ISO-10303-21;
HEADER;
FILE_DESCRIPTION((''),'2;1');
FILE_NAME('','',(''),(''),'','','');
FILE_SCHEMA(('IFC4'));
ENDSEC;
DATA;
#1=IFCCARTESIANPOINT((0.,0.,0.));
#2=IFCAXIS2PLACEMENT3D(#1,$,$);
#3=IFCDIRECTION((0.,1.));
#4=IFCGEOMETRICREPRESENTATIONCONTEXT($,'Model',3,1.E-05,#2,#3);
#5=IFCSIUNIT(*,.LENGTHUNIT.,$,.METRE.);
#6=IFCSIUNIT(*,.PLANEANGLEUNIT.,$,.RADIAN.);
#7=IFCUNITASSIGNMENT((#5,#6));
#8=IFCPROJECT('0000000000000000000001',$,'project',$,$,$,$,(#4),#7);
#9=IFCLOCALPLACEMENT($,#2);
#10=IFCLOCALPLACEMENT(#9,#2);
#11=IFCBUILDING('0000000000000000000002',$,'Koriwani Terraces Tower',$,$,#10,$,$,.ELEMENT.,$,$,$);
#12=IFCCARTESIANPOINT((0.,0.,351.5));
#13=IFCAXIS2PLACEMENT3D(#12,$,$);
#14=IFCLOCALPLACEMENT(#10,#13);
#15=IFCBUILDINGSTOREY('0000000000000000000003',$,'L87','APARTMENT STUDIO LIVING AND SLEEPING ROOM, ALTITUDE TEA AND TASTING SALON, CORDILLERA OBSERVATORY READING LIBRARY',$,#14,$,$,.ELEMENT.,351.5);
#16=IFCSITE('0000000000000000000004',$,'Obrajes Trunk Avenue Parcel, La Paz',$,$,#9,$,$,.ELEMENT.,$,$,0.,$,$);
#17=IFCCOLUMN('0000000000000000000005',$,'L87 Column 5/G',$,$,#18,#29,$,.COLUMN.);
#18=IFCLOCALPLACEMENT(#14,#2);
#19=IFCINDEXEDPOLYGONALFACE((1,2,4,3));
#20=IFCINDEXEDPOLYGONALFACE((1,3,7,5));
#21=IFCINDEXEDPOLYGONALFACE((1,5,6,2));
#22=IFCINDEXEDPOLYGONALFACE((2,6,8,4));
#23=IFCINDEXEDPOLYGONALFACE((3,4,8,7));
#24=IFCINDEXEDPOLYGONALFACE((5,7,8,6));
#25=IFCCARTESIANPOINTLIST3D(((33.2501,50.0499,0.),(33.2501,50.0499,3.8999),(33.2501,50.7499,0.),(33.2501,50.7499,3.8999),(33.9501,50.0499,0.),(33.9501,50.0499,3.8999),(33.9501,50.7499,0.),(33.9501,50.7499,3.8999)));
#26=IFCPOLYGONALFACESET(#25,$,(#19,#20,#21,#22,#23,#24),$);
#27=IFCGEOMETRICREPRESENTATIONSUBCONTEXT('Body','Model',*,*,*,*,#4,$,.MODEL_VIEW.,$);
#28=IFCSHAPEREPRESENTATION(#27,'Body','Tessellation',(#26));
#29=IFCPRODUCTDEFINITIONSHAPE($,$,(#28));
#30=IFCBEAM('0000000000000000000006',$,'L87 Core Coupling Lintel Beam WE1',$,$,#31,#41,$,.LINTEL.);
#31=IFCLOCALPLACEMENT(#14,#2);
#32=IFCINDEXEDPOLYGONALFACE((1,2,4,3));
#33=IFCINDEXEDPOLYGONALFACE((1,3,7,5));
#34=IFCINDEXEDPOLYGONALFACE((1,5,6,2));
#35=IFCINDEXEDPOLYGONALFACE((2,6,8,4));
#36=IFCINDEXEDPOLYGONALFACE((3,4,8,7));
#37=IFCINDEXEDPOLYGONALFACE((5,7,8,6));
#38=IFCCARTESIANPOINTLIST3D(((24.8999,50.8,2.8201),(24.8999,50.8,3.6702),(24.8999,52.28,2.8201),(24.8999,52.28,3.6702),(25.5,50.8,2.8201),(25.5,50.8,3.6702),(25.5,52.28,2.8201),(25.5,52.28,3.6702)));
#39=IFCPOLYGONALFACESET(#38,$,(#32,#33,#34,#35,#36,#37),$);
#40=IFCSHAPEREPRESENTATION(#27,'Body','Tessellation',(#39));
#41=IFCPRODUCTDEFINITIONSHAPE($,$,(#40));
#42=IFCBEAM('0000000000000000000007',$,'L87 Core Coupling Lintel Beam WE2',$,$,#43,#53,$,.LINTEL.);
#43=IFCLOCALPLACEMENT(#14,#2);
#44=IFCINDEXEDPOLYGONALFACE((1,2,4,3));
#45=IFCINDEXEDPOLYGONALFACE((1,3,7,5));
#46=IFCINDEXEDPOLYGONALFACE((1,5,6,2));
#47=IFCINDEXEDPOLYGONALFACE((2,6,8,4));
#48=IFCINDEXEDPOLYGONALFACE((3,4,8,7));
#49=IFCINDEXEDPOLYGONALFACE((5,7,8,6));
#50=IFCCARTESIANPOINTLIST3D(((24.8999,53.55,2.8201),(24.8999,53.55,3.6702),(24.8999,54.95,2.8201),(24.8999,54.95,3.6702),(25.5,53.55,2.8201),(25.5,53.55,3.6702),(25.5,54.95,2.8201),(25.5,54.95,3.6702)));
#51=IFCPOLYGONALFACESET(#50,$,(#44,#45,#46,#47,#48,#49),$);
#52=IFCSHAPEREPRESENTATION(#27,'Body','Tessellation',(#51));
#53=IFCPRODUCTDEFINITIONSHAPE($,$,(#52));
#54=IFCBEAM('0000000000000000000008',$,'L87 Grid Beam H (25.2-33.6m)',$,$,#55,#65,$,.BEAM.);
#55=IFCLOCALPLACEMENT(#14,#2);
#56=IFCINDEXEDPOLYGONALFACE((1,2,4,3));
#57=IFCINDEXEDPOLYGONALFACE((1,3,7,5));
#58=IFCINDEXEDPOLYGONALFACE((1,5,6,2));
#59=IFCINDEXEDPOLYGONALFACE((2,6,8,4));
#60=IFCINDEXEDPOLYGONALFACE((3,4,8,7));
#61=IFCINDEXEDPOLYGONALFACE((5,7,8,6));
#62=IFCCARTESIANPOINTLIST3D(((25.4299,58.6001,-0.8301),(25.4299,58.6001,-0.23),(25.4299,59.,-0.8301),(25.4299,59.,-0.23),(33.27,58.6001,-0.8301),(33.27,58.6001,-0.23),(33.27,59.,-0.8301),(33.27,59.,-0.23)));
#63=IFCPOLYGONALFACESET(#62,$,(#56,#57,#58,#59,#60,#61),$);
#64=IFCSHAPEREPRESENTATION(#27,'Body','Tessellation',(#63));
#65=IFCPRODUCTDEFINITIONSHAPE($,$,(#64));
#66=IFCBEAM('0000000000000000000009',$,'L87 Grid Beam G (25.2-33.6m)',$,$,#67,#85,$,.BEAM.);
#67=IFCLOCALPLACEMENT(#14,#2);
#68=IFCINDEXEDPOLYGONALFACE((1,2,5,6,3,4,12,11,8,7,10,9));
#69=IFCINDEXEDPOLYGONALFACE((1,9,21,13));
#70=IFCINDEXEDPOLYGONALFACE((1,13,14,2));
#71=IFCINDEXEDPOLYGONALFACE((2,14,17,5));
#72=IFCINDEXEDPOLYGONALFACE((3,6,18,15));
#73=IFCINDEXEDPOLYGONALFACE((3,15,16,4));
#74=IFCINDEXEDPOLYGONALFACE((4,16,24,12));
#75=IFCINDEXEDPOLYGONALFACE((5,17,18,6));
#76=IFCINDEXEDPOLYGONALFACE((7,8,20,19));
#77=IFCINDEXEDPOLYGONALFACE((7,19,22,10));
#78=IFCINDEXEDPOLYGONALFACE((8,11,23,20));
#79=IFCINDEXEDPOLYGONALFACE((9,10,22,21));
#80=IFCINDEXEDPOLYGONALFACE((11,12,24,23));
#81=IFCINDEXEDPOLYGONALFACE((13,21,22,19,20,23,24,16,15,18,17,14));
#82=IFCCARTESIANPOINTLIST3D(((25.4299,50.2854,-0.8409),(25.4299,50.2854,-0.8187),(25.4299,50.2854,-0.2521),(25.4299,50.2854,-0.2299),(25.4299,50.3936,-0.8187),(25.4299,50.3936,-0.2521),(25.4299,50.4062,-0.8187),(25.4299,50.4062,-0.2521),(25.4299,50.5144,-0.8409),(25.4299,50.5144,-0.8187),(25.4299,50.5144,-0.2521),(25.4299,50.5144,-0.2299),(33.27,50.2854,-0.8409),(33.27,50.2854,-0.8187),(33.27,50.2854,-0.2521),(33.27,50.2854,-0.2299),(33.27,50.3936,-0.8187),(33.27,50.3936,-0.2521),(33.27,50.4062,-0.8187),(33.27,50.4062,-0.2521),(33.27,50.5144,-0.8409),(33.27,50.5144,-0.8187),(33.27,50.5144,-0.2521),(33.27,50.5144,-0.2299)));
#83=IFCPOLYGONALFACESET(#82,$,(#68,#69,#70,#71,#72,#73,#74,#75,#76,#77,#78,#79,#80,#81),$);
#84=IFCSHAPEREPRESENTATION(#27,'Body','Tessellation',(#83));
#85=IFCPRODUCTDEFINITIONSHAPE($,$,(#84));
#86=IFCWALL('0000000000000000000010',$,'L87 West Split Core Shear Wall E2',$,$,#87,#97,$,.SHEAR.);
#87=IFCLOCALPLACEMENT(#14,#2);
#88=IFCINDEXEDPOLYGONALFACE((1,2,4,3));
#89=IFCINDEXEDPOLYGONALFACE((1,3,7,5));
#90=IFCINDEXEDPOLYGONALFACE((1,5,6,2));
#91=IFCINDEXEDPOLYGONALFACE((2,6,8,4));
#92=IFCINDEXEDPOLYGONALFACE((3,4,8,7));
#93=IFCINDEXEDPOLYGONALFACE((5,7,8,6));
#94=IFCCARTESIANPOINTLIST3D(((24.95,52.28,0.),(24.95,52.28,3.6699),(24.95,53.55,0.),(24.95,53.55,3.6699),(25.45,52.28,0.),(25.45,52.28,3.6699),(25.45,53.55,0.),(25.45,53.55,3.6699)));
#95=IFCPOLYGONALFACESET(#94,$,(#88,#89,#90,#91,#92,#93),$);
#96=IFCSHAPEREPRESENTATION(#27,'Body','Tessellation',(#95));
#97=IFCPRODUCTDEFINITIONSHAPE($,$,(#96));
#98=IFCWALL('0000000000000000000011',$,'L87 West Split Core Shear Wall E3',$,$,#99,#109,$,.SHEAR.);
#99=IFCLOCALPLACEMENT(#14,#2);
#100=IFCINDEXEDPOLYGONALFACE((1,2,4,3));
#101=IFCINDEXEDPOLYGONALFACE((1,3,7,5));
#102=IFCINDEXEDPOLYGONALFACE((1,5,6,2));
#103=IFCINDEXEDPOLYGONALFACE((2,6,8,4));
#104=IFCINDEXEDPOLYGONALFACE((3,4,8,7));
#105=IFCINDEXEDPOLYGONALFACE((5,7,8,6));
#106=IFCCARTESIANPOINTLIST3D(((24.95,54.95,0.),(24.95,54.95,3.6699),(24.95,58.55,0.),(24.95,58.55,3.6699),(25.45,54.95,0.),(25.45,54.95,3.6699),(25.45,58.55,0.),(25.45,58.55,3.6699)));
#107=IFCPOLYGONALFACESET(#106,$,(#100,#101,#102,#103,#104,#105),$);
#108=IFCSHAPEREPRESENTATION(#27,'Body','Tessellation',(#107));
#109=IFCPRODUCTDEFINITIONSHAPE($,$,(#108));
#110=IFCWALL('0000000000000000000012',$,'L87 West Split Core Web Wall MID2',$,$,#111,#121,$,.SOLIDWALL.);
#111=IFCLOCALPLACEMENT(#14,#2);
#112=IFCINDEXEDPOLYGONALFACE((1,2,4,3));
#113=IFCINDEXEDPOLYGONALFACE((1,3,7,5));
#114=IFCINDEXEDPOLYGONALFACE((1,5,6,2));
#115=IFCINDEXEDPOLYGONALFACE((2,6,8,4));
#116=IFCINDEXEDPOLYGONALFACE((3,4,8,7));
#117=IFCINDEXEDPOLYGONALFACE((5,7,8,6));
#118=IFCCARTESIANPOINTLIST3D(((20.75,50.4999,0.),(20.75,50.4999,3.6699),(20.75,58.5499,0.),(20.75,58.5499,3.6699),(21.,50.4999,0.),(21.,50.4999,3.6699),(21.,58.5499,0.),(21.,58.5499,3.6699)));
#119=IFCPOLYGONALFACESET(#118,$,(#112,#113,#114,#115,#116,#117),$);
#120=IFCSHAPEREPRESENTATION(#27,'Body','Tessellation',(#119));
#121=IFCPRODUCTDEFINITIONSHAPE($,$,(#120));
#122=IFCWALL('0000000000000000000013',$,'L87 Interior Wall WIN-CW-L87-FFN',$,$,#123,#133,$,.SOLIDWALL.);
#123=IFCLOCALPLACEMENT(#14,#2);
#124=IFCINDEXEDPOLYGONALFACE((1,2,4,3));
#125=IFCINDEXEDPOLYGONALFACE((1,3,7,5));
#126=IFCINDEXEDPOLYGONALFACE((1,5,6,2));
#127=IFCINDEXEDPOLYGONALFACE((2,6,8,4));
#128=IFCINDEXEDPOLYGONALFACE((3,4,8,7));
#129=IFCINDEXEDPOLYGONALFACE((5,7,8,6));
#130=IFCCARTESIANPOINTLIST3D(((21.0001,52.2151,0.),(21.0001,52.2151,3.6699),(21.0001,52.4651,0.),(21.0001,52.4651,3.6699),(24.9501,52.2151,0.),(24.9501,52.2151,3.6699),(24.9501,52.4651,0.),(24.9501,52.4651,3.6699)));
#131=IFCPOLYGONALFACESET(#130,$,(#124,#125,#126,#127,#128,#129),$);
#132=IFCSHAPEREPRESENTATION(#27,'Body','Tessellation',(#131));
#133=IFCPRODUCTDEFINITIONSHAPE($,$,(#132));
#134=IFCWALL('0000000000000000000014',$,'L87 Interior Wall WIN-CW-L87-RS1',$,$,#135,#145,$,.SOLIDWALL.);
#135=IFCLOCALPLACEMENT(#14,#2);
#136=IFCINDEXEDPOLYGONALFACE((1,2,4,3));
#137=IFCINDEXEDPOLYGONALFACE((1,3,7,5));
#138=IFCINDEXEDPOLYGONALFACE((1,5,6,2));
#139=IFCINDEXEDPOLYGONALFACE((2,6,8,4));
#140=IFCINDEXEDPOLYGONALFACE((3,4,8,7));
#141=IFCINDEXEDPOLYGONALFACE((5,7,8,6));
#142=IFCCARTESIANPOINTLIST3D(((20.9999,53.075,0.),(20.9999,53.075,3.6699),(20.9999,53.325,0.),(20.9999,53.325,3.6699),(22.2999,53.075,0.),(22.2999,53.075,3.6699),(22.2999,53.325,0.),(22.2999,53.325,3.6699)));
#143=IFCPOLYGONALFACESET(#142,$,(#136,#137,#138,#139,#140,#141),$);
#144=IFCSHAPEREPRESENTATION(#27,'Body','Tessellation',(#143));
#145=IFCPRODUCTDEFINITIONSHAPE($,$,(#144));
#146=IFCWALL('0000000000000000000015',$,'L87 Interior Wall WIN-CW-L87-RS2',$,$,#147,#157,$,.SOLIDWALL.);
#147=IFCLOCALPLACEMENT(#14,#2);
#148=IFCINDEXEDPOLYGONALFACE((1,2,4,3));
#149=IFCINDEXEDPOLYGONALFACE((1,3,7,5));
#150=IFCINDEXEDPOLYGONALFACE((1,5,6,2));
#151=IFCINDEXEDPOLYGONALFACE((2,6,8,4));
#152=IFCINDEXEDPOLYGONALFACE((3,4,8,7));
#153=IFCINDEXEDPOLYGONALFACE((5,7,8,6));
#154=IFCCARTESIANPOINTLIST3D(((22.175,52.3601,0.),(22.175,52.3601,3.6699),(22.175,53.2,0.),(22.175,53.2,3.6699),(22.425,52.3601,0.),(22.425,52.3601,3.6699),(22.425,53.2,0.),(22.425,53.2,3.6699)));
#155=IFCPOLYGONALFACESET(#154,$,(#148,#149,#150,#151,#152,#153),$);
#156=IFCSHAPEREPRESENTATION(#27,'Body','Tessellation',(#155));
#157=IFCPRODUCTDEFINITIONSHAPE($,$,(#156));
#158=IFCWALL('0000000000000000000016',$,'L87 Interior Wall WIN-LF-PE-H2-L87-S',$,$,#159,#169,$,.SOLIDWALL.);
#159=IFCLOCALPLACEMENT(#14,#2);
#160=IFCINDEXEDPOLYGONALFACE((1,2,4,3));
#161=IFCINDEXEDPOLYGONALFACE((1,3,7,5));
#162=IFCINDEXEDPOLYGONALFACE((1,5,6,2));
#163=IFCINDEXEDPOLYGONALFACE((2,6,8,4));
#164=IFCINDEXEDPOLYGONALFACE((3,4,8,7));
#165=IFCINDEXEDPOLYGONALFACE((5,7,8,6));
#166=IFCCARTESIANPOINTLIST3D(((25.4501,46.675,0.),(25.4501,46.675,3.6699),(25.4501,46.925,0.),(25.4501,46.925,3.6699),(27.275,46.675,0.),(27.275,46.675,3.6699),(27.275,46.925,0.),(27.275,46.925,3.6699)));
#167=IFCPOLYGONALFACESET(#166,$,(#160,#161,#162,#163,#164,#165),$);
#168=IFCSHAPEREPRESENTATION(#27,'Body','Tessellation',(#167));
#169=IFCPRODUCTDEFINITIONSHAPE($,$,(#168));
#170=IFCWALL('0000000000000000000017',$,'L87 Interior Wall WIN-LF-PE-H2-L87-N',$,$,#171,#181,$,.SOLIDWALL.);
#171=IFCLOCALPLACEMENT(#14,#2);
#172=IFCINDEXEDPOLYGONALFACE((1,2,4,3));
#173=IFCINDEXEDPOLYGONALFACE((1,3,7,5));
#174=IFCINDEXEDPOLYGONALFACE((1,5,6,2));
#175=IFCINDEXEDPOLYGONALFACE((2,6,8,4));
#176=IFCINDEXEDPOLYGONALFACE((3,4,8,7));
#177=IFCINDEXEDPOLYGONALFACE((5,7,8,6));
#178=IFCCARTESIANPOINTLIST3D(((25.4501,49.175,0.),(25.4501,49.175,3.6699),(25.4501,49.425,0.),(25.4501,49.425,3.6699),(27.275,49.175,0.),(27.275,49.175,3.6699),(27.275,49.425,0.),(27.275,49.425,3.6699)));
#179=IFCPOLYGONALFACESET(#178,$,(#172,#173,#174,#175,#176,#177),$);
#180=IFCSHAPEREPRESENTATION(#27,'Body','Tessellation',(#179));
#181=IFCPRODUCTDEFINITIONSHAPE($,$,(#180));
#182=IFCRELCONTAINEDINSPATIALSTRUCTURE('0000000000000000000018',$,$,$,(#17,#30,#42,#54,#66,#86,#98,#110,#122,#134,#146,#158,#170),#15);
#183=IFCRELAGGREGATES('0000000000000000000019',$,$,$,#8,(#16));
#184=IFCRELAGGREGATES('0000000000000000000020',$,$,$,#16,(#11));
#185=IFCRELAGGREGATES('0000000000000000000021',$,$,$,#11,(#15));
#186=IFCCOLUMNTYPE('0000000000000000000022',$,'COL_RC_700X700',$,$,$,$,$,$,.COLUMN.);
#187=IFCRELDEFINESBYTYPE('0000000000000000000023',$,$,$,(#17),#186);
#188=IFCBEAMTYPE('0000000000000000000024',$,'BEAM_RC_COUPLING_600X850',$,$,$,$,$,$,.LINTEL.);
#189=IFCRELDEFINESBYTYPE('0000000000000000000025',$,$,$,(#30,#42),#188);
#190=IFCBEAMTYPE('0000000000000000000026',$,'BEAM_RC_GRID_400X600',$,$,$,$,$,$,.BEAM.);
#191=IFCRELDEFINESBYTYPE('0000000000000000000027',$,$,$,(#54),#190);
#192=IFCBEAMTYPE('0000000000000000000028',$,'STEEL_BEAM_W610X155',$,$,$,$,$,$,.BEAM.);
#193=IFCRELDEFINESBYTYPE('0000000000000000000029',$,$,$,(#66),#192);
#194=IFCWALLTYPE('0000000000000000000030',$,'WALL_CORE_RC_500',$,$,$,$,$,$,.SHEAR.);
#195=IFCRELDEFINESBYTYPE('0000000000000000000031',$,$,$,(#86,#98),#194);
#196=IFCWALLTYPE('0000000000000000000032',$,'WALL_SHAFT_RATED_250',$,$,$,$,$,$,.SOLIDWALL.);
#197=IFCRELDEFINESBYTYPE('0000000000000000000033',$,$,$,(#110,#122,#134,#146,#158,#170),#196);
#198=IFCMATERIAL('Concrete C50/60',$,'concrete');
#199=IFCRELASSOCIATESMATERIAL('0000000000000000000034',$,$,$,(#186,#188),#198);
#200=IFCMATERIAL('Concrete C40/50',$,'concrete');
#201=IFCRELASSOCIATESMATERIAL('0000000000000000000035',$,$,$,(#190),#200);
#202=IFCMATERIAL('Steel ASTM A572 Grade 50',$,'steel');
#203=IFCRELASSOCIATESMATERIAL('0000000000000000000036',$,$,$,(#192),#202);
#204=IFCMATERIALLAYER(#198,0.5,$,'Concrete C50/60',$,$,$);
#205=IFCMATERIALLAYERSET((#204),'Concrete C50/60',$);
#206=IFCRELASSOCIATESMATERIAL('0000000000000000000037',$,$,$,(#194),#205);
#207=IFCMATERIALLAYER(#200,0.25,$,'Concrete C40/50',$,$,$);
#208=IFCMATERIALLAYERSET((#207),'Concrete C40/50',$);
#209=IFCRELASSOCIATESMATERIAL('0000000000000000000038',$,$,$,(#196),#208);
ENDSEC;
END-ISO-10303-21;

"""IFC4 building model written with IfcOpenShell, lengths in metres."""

from ifc_helpers import new_model, si_unit, direction, frame, frame_2d, origin, origin_2d, place, context, subcontext, project, spatial, rectangle, i_section, extrude, material, layer, layer_set, material_profile, profile_set, type_object, element, save


model = new_model("IFC4")

# Units and contexts
model_context = context("Model", 3, precision=1e-05, world=origin(), true_north=direction((0.0, 1.0)))
body_context = subcontext(model_context, "Body", "Model", "MODEL_VIEW")
ifc_project = project(units=[si_unit("LENGTHUNIT", "METRE"), si_unit("PLANEANGLEUNIT", "RADIAN")], contexts=[model_context])

# Site, building, storey
site_placement = place(None, origin())
site = spatial("IfcSite", under=ifc_project, at=site_placement, Name="Obrajes Trunk Avenue Parcel, La Paz", CompositionType="ELEMENT", RefElevation=0.0)
building_placement = place(site_placement, origin())
building = spatial("IfcBuilding", under=site, at=building_placement, Name="Koriwani Terraces Tower", CompositionType="ELEMENT")
storey_placement = place(building_placement, frame((0.0, 0.0, 351.5)))
storey = spatial("IfcBuildingStorey", under=building, at=storey_placement, Name="L87", Description="APARTMENT STUDIO LIVING AND SLEEPING ROOM, ALTITUDE TEA AND TASTING SALON, CORDILLERA OBSERVATORY READING LIBRARY", CompositionType="ELEMENT", Elevation=351.5)

# Column
ifc_material_1 = material(Name="Concrete C50/60", Category="concrete")
ifc_material_profile_1 = material_profile(ifc_material_1, rectangle(XDim=0.7, YDim=0.7, at=origin_2d()), Name="Concrete C50/60", Category="LoadBearing")
ifc_profile_set_1 = profile_set([ifc_material_profile_1], Name="Concrete C50/60")
column_type = type_object("IfcColumnType", Name="COL_RC_700X700", PredefinedType="COLUMN", material=ifc_profile_set_1)
column_placement = place(storey_placement, frame((33.6001, 50.3999, 0.0), z_axis=(0.0, 0.0, 1.0), x_axis=(1.0, 0.0, 0.0)))
element("IfcColumn", 1, at=column_placement, inside=storey, type_object=column_type, Name="L87 Column 5/G", PredefinedType="COLUMN", context=body_context, shape_type="SweptSolid", body=[
    extrude(rectangle(XDim=0.7, YDim=0.7, at=origin_2d()), origin(), (0.0, 0.0, 1.0), 3.8999),
])

# Beams
ifc_material_profile_2 = material_profile(ifc_material_1, rectangle(XDim=0.6001, YDim=0.8501, at=origin_2d()), Name="Concrete C50/60", Category="LoadBearing")
ifc_profile_set_2 = profile_set([ifc_material_profile_2], Name="Concrete C50/60")
beam_type_1 = type_object("IfcBeamType", Name="BEAM_RC_COUPLING_600X850", PredefinedType="LINTEL", material=ifc_profile_set_2)
beam_1_placement = place(storey_placement, frame((25.2, 50.8, 3.2451), z_axis=(0.0, 1.0, 0.0), x_axis=(-1.0, 0.0, 0.0)))
element("IfcBeam", 2, at=beam_1_placement, inside=storey, type_object=beam_type_1, Name="L87 Core Coupling Lintel Beam WE1", PredefinedType="LINTEL", context=body_context, shape_type="SweptSolid", body=[
    extrude(rectangle(XDim=0.6001, YDim=0.8501, at=origin_2d()), origin(), (0.0, 0.0, 1.0), 1.48),
])
beam_2_placement = place(storey_placement, frame((25.2, 53.55, 3.2451), z_axis=(0.0, 1.0, 0.0), x_axis=(-1.0, 0.0, 0.0)))
element("IfcBeam", 3, at=beam_2_placement, inside=storey, type_object=beam_type_1, Name="L87 Core Coupling Lintel Beam WE2", PredefinedType="LINTEL", context=body_context, shape_type="SweptSolid", body=[
    extrude(rectangle(XDim=0.6001, YDim=0.8501, at=origin_2d()), origin(), (0.0, 0.0, 1.0), 1.3999),
])
ifc_material_2 = material(Name="Concrete C40/50", Category="concrete")
ifc_material_profile_3 = material_profile(ifc_material_2, rectangle(XDim=0.3999, YDim=0.6001, at=origin_2d()), Name="Concrete C40/50", Category="LoadBearing")
ifc_profile_set_3 = profile_set([ifc_material_profile_3], Name="Concrete C40/50")
beam_type_2 = type_object("IfcBeamType", Name="BEAM_RC_GRID_400X600", PredefinedType="BEAM", material=ifc_profile_set_3)
beam_3_placement = place(storey_placement, frame((25.4299, 58.8, -0.53), z_axis=(1.0, 0.0, 0.0), x_axis=(0.0, 1.0, 0.0)))
element("IfcBeam", 4, at=beam_3_placement, inside=storey, type_object=beam_type_2, Name="L87 Grid Beam H (25.2-33.6m)", PredefinedType="BEAM", context=body_context, shape_type="SweptSolid", body=[
    extrude(rectangle(XDim=0.3999, YDim=0.6001, at=origin_2d()), origin(), (0.0, 0.0, 1.0), 7.8401),
])
ifc_material_3 = material(Name="Steel ASTM A572 Grade 50", Category="steel")
ifc_material_profile_4 = material_profile(ifc_material_3, i_section(OverallWidth=0.229, OverallDepth=0.6111, WebThickness=0.0127, FlangeThickness=0.0222, at=origin_2d()), Name="Steel ASTM A572 Grade 50", Category="LoadBearing")
ifc_profile_set_4 = profile_set([ifc_material_profile_4], Name="Steel ASTM A572 Grade 50")
beam_type_3 = type_object("IfcBeamType", Name="STEEL_BEAM_W610X155", PredefinedType="BEAM", material=ifc_profile_set_4)
beam_4_placement = place(storey_placement, frame((25.4299, 50.3999, -0.5354), z_axis=(1.0, 0.0, 0.0), x_axis=(0.0, 1.0, 0.0)))
element("IfcBeam", 5, at=beam_4_placement, inside=storey, type_object=beam_type_3, Name="L87 Grid Beam G (25.2-33.6m)", PredefinedType="BEAM", context=body_context, shape_type="SweptSolid", body=[
    extrude(i_section(OverallWidth=0.229, OverallDepth=0.6111, WebThickness=0.0127, FlangeThickness=0.0222, at=origin_2d()), origin(), (0.0, 0.0, 1.0), 7.8401),
])

# Walls
ifc_layer_1 = layer(ifc_material_1, 0.5, Name="Concrete C50/60")
ifc_layer_set_1 = layer_set([ifc_layer_1], Name="Concrete C50/60")
wall_type_1 = type_object("IfcWallType", Name="WALL_CORE_RC_500", PredefinedType="SHEAR", material=ifc_layer_set_1)
wall_1_placement = place(storey_placement, frame((25.2, 52.28, 0.0), z_axis=(0.0, 0.0, 1.0), x_axis=(0.0, 1.0, 0.0)))
element("IfcWall", 6, at=wall_1_placement, inside=storey, type_object=wall_type_1, Name="L87 West Split Core Shear Wall E2", PredefinedType="SHEAR", context=body_context, shape_type="SweptSolid", body=[
    extrude(rectangle(XDim=1.27, YDim=0.5, at=frame_2d((0.635, 0.0))), origin(), (0.0, 0.0, 1.0), 3.6699),
])
wall_2_placement = place(storey_placement, frame((25.2, 54.95, 0.0), z_axis=(0.0, 0.0, 1.0), x_axis=(0.0, 1.0, 0.0)))
element("IfcWall", 7, at=wall_2_placement, inside=storey, type_object=wall_type_1, Name="L87 West Split Core Shear Wall E3", PredefinedType="SHEAR", context=body_context, shape_type="SweptSolid", body=[
    extrude(rectangle(XDim=3.6001, YDim=0.5, at=frame_2d((1.8, 0.0))), origin(), (0.0, 0.0, 1.0), 3.6699),
])
ifc_layer_2 = layer(ifc_material_2, 0.25, Name="Concrete C40/50")
ifc_layer_set_2 = layer_set([ifc_layer_2], Name="Concrete C40/50")
wall_type_2 = type_object("IfcWallType", Name="WALL_SHAFT_RATED_250", PredefinedType="SOLIDWALL", material=ifc_layer_set_2)
wall_3_placement = place(storey_placement, frame((20.875, 50.5, 0.0), z_axis=(0.0, 0.0, 1.0), x_axis=(0.0, 1.0, 0.0)))
element("IfcWall", 8, at=wall_3_placement, inside=storey, type_object=wall_type_2, Name="L87 West Split Core Web Wall MID2", PredefinedType="SOLIDWALL", context=body_context, shape_type="SweptSolid", body=[
    extrude(rectangle(XDim=8.05, YDim=0.25, at=frame_2d((4.0249, 0.0))), origin(), (0.0, 0.0, 1.0), 3.6699),
])

# Wall
wall_4_placement = place(storey_placement, frame((21.0, 52.3401, 0.0), z_axis=(0.0, 0.0, 1.0), x_axis=(1.0, 0.0, 0.0)))
element("IfcWall", 9, at=wall_4_placement, inside=storey, type_object=wall_type_2, Name="L87 Interior Wall WIN-CW-L87-FFN", PredefinedType="SOLIDWALL", context=body_context, shape_type="SweptSolid", body=[
    extrude(rectangle(XDim=3.95, YDim=0.25, at=frame_2d((1.9751, 0.0))), origin(), (0.0, 0.0, 1.0), 3.6699),
])

# Walls
wall_5_placement = place(storey_placement, frame((21.0, 53.2, 0.0), z_axis=(0.0, 0.0, 1.0), x_axis=(1.0, 0.0, 0.0)))
element("IfcWall", 10, at=wall_5_placement, inside=storey, type_object=wall_type_2, Name="L87 Interior Wall WIN-CW-L87-RS1", PredefinedType="SOLIDWALL", context=body_context, shape_type="SweptSolid", body=[
    extrude(rectangle(XDim=1.3, YDim=0.25, at=frame_2d((0.6499, 0.0))), origin(), (0.0, 0.0, 1.0), 3.6699),
])
wall_6_placement = place(storey_placement, frame((22.3, 52.3601, 0.0), z_axis=(0.0, 0.0, 1.0), x_axis=(0.0, 1.0, 0.0)))
element("IfcWall", 11, at=wall_6_placement, inside=storey, type_object=wall_type_2, Name="L87 Interior Wall WIN-CW-L87-RS2", PredefinedType="SOLIDWALL", context=body_context, shape_type="SweptSolid", body=[
    extrude(rectangle(XDim=0.8398, YDim=0.25, at=frame_2d((0.4199, 0.0))), origin(), (0.0, 0.0, 1.0), 3.6699),
])
for number, where, z_axis, x_axis, name in (
    (12, (25.45, 46.8, 0.0), (0.0, 0.0, 1.0), (1.0, 0.0, 0.0), "L87 Interior Wall WIN-LF-PE-H2-L87-S"),
    (13, (25.45, 49.3, 0.0), (0.0, 0.0, 1.0), (1.0, 0.0, 0.0), "L87 Interior Wall WIN-LF-PE-H2-L87-N"),
):
    element("IfcWall", number, at=place(storey_placement, frame(where, z_axis=z_axis, x_axis=x_axis)), inside=storey, type_object=wall_type_2, Name=name, PredefinedType="SOLIDWALL", context=body_context, shape_type="SweptSolid", body=[
        extrude(rectangle(XDim=1.825, YDim=0.25, at=frame_2d((0.9126, 0.0))), origin(), (0.0, 0.0, 1.0), 3.6699),
    ])

save(model, "model.ifc")
